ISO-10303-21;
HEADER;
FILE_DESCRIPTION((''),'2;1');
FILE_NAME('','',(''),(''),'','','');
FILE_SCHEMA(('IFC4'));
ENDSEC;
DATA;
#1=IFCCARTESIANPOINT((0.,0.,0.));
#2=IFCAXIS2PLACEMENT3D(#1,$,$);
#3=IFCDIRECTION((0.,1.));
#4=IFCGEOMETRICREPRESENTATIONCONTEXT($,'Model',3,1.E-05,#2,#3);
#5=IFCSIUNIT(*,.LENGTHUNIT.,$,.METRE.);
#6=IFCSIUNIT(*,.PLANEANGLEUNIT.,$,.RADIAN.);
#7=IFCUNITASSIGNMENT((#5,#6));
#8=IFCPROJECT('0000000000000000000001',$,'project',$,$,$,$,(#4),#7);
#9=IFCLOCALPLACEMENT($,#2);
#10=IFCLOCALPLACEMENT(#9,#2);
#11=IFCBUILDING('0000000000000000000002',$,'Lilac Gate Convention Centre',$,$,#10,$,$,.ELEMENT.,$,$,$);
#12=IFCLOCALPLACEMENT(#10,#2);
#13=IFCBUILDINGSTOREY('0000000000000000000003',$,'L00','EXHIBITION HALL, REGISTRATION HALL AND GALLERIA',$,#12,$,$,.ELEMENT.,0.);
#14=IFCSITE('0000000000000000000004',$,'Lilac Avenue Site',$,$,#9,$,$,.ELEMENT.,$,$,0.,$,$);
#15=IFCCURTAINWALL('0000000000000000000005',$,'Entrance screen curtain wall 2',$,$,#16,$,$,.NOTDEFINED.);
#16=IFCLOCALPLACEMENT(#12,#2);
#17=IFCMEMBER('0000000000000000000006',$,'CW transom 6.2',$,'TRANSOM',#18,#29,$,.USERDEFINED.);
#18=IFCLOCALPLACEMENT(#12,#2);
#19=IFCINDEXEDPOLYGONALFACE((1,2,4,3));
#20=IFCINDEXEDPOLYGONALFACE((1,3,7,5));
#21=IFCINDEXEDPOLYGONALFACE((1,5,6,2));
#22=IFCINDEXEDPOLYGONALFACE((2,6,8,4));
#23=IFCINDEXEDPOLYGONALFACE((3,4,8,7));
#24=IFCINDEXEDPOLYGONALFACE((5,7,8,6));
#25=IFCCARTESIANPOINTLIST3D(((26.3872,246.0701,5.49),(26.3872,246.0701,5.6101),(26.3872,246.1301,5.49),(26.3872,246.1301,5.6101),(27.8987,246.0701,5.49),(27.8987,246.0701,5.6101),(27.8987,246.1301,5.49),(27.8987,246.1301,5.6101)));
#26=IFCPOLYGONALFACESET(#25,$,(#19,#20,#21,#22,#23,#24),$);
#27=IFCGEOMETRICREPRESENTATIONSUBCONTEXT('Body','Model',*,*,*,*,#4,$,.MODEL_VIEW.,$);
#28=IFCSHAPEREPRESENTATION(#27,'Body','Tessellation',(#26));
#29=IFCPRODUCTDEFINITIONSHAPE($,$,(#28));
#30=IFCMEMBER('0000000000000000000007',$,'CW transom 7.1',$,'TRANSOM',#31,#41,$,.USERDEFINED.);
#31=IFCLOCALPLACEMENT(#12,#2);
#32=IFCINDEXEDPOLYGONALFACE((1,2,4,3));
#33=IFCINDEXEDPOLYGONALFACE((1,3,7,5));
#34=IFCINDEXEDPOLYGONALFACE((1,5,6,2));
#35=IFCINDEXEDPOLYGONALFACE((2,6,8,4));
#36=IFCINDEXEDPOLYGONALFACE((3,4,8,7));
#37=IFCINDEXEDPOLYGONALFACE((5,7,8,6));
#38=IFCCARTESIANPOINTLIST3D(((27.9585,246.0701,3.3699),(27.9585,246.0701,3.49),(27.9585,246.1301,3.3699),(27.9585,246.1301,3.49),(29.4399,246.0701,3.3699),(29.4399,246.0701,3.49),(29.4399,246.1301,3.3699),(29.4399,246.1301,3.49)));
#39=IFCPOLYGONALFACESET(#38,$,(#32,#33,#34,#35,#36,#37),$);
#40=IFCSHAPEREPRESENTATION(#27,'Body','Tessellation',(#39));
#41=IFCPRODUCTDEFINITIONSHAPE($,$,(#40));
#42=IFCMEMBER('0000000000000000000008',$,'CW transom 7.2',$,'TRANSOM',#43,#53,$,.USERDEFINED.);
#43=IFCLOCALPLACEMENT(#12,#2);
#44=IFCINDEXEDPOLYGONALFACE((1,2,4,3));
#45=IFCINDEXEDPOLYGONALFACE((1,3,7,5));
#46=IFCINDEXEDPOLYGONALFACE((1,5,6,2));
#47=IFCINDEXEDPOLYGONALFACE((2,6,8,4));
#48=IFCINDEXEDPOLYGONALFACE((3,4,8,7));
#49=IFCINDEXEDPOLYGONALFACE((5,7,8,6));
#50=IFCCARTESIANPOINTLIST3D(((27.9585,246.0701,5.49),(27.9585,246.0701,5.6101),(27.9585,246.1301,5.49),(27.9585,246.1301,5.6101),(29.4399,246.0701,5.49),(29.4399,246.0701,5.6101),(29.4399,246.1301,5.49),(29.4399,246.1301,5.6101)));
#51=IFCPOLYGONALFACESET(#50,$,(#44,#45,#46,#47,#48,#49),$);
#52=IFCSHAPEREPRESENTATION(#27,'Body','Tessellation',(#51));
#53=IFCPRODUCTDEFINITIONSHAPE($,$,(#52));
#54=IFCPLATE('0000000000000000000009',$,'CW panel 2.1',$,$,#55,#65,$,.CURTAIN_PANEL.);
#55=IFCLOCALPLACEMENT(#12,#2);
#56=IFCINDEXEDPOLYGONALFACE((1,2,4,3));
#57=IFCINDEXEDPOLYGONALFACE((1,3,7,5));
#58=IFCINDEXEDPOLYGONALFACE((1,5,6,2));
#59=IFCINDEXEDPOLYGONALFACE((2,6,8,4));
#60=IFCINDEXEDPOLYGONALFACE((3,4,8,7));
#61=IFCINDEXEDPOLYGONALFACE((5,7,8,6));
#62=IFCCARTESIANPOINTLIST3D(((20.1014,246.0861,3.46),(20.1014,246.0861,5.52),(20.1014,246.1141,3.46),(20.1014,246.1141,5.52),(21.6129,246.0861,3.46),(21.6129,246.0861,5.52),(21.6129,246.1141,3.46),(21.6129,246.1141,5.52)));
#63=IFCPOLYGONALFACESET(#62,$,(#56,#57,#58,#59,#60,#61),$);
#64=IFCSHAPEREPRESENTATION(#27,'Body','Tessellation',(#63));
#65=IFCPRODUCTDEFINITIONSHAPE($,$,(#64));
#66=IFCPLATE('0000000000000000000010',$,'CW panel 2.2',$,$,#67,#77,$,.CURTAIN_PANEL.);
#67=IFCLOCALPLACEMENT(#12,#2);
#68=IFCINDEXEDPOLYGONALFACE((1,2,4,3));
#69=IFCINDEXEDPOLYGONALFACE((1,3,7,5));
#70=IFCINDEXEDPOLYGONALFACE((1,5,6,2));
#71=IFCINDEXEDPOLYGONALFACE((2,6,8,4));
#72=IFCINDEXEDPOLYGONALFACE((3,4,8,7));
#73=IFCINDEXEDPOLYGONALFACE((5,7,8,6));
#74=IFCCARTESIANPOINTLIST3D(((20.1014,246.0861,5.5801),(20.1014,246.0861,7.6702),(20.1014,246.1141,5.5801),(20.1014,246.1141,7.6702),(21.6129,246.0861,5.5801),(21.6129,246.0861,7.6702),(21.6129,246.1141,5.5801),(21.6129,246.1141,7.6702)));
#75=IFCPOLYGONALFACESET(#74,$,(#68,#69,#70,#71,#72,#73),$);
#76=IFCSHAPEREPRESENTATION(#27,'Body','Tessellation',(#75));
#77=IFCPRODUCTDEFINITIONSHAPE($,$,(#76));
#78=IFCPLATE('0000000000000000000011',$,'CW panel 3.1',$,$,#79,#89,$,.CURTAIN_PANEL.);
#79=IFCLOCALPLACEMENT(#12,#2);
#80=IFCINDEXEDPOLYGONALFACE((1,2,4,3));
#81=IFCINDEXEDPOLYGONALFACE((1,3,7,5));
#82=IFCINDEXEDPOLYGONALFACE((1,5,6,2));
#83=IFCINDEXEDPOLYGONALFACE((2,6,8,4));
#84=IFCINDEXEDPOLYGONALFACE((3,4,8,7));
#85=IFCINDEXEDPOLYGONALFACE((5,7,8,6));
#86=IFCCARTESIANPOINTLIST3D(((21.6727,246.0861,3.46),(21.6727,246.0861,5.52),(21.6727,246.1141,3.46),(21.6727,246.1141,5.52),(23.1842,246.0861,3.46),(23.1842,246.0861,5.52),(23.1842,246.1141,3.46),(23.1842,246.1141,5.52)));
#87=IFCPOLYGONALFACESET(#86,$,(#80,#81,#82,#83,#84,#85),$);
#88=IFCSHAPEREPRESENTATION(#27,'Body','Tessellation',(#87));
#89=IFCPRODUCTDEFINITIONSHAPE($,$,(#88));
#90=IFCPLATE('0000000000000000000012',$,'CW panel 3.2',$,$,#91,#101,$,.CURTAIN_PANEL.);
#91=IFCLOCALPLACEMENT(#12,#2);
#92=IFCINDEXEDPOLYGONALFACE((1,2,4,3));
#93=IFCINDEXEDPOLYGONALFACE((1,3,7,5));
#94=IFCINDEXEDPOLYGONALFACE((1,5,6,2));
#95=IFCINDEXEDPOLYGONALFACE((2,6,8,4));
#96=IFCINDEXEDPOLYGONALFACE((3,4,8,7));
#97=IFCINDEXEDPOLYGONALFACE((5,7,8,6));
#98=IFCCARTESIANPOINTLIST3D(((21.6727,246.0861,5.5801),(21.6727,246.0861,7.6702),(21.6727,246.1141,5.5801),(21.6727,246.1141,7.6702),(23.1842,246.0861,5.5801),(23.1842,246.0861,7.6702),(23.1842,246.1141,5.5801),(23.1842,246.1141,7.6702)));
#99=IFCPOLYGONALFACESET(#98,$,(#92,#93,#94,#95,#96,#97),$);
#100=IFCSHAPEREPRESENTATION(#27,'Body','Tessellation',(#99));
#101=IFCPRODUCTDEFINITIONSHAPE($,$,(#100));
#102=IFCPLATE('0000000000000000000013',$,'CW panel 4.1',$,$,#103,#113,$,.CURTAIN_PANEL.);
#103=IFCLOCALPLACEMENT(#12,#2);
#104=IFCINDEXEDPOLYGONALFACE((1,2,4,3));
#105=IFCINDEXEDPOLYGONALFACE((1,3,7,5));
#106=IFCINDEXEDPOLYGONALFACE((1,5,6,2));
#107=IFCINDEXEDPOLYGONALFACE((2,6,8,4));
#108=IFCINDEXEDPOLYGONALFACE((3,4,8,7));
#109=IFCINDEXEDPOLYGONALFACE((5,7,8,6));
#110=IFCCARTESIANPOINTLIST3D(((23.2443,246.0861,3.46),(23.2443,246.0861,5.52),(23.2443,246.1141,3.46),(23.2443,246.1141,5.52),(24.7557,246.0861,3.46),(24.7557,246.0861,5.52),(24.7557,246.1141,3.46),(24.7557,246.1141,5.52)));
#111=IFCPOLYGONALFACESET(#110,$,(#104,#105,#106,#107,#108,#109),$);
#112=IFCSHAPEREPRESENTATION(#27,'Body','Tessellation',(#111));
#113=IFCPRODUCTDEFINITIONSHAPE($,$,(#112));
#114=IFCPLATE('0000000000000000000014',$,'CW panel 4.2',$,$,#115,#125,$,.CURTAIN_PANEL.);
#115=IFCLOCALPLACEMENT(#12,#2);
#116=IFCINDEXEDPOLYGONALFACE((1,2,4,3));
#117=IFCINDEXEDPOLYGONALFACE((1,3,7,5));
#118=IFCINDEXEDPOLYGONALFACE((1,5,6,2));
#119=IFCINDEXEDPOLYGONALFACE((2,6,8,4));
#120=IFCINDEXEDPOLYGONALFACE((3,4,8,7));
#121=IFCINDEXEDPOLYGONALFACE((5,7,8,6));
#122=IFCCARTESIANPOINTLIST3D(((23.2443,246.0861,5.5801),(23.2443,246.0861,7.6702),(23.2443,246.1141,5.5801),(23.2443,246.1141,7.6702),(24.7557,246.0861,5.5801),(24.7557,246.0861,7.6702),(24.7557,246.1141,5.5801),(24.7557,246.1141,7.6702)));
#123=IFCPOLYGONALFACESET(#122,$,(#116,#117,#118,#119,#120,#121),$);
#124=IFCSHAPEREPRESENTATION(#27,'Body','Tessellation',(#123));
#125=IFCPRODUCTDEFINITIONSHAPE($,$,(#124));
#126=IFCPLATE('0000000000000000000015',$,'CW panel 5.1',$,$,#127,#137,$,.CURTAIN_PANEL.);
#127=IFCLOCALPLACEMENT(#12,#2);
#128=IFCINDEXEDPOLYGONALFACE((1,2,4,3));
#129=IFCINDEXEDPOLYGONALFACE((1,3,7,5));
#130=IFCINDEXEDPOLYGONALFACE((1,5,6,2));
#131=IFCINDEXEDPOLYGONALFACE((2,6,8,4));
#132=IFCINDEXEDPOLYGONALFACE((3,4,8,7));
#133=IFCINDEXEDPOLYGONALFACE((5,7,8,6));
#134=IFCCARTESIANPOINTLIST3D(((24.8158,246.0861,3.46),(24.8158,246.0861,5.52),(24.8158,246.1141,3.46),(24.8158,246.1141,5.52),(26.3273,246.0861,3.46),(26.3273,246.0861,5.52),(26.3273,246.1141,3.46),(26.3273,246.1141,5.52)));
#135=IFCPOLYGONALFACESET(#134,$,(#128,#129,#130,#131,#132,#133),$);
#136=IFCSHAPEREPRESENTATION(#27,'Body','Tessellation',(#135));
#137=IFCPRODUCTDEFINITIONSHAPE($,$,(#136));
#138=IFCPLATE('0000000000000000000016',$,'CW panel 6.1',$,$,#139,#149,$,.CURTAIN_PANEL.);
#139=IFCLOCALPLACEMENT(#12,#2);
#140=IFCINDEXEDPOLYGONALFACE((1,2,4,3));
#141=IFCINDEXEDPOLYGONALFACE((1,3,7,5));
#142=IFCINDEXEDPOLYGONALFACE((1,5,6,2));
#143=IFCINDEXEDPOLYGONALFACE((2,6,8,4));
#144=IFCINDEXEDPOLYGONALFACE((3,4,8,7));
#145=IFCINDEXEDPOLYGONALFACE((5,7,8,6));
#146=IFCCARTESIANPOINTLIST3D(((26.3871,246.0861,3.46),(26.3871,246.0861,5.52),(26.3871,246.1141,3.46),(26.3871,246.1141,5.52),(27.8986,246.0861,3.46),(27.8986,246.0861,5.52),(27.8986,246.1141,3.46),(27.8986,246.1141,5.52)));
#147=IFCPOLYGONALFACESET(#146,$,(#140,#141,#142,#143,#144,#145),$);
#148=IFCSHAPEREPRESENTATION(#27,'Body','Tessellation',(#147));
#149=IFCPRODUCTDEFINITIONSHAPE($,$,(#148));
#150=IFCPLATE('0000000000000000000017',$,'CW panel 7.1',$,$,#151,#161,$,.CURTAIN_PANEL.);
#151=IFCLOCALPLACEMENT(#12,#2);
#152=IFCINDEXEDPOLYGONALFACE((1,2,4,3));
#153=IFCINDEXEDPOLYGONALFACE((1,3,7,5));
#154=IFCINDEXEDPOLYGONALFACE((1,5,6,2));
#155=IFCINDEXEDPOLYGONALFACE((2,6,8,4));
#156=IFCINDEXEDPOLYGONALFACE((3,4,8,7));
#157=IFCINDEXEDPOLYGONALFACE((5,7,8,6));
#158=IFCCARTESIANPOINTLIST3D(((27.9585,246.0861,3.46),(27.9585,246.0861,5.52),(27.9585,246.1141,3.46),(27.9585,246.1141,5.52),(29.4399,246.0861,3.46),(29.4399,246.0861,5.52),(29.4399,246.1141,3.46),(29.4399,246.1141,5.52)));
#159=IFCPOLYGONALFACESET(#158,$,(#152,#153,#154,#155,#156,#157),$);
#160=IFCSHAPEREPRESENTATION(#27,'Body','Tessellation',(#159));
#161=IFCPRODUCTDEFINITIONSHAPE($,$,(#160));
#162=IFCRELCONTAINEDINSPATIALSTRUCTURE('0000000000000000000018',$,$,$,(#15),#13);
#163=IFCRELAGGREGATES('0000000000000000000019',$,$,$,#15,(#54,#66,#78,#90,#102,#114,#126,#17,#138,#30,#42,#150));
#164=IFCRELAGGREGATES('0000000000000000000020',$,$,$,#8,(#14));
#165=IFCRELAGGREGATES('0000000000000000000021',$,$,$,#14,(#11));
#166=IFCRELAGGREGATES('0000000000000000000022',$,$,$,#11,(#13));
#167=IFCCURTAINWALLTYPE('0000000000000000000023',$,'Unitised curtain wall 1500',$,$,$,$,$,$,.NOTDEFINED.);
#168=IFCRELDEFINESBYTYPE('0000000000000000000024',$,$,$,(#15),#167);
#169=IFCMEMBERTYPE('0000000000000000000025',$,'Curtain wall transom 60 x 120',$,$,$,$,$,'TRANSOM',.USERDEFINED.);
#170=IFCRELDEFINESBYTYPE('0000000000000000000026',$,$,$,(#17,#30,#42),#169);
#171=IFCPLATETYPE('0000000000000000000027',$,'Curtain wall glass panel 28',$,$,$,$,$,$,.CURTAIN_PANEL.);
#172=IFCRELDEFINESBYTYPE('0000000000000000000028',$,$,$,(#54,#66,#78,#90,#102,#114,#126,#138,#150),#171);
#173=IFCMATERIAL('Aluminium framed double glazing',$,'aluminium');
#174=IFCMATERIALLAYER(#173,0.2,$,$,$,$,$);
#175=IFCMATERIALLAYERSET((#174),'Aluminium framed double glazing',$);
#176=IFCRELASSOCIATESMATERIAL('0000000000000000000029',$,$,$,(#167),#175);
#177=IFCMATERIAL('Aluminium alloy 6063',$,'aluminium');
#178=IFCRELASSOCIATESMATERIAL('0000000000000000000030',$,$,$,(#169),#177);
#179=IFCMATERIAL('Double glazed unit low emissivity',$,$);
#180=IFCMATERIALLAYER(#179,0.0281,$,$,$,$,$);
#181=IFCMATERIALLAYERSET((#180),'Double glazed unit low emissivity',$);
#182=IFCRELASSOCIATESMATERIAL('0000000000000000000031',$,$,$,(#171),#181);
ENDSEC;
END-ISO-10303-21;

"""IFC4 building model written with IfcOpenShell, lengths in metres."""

from ifc_helpers import new_model, si_unit, direction, frame, origin, origin_2d, place, context, subcontext, project, spatial, rectangle, extrude, material, layer, layer_set, material_profile, profile_set, type_object, element, aggregate, save


model = new_model("IFC4")

# Units and contexts
model_context = context("Model", 3, precision=1e-05, world=origin(), true_north=direction((0.0, 1.0)))
body_context = subcontext(model_context, "Body", "Model", "MODEL_VIEW")
ifc_project = project(units=[si_unit("LENGTHUNIT", "METRE"), si_unit("PLANEANGLEUNIT", "RADIAN")], contexts=[model_context])

# Site, building, storey
site_placement = place(None, origin())
site = spatial("IfcSite", under=ifc_project, at=site_placement, Name="Lilac Avenue Site", CompositionType="ELEMENT", RefElevation=0.0)
building_placement = place(site_placement, origin())
building = spatial("IfcBuilding", under=site, at=building_placement, Name="Lilac Gate Convention Centre", CompositionType="ELEMENT")
storey_placement = place(building_placement, origin())
storey = spatial("IfcBuildingStorey", under=building, at=storey_placement, Name="L00", Description="EXHIBITION HALL, REGISTRATION HALL AND GALLERIA", CompositionType="ELEMENT", Elevation=0.0)

# Curtain wall, members, plates
ifc_material_1 = material(Name="Aluminium framed double glazing", Category="aluminium")
ifc_layer_1 = layer(ifc_material_1, 0.2)
ifc_layer_set_1 = layer_set([ifc_layer_1], Name="Aluminium framed double glazing")
curtain_wall_type = type_object("IfcCurtainWallType", Name="Unitised curtain wall 1500", PredefinedType="NOTDEFINED", material=ifc_layer_set_1)
curtain_wall_placement = place(storey_placement, origin())
curtain_wall = element("IfcCurtainWall", 1, at=curtain_wall_placement, inside=storey, type_object=curtain_wall_type, Name="Entrance screen curtain wall 2", PredefinedType="NOTDEFINED")
ifc_material_2 = material(Name="Aluminium alloy 6063", Category="aluminium")
ifc_material_profile_1 = material_profile(ifc_material_2, rectangle(XDim=0.0601, YDim=0.1201, at=origin_2d()), Name="Curtain wall transom 60 x 120")
ifc_profile_set_1 = profile_set([ifc_material_profile_1], Name="Aluminium alloy 6063")
member_type_1 = type_object("IfcMemberType", Name="Curtain wall transom 60 x 120", ElementType="TRANSOM", PredefinedType="USERDEFINED", material=ifc_profile_set_1)
member_1_placement = place(storey_placement, frame((26.3872, 246.1001, 5.55), z_axis=(1.0, 0.0, 0.0), x_axis=(0.0, 1.0, 0.0)))
member_1 = element("IfcMember", 2, at=member_1_placement, type_object=member_type_1, Name="CW transom 6.2", ObjectType="TRANSOM", PredefinedType="USERDEFINED", context=body_context, shape_type="SweptSolid", body=[
    extrude(rectangle(XDim=0.0601, YDim=0.1201, at=origin_2d()), origin(), (0.0, 0.0, 1.0), 1.5115),
])
member_2_placement = place(storey_placement, frame((27.9585, 246.1001, 3.4299), z_axis=(1.0, 0.0, 0.0), x_axis=(0.0, 1.0, 0.0)))
member_2 = element("IfcMember", 3, at=member_2_placement, type_object=member_type_1, Name="CW transom 7.1", ObjectType="TRANSOM", PredefinedType="USERDEFINED", context=body_context, shape_type="SweptSolid", body=[
    extrude(rectangle(XDim=0.0601, YDim=0.1201, at=origin_2d()), origin(), (0.0, 0.0, 1.0), 1.4814),
])
member_3_placement = place(storey_placement, frame((27.9585, 246.1001, 5.55), z_axis=(1.0, 0.0, 0.0), x_axis=(0.0, 1.0, 0.0)))
member_3 = element("IfcMember", 4, at=member_3_placement, type_object=member_type_1, Name="CW transom 7.2", ObjectType="TRANSOM", PredefinedType="USERDEFINED", context=body_context, shape_type="SweptSolid", body=[
    extrude(rectangle(XDim=0.0601, YDim=0.1201, at=origin_2d()), origin(), (0.0, 0.0, 1.0), 1.4814),
])
ifc_material_3 = material(Name="Double glazed unit low emissivity")
ifc_layer_2 = layer(ifc_material_3, 0.0281)
ifc_layer_set_2 = layer_set([ifc_layer_2], Name="Double glazed unit low emissivity")
plate_type = type_object("IfcPlateType", Name="Curtain wall glass panel 28", PredefinedType="CURTAIN_PANEL", material=ifc_layer_set_2)
plate_1_placement = place(storey_placement, frame((20.8572, 246.1001, 3.46), z_axis=(0.0, 0.0, 1.0), x_axis=(1.0, 0.0, 0.0)))
plate_1 = element("IfcPlate", 5, at=plate_1_placement, type_object=plate_type, Name="CW panel 2.1", PredefinedType="CURTAIN_PANEL", context=body_context, shape_type="SweptSolid", body=[
    extrude(rectangle(XDim=1.5115, YDim=0.0281, at=origin_2d()), origin(), (0.0, 0.0, 1.0), 2.0601),
])
plate_2_placement = place(storey_placement, frame((20.8572, 246.1001, 5.5801), z_axis=(0.0, 0.0, 1.0), x_axis=(1.0, 0.0, 0.0)))
plate_2 = element("IfcPlate", 6, at=plate_2_placement, type_object=plate_type, Name="CW panel 2.2", PredefinedType="CURTAIN_PANEL", context=body_context, shape_type="SweptSolid", body=[
    extrude(rectangle(XDim=1.5115, YDim=0.0281, at=origin_2d()), origin(), (0.0, 0.0, 1.0), 2.0901),
])
plate_3_placement = place(storey_placement, frame((22.4285, 246.1001, 3.46), z_axis=(0.0, 0.0, 1.0), x_axis=(1.0, 0.0, 0.0)))
plate_3 = element("IfcPlate", 7, at=plate_3_placement, type_object=plate_type, Name="CW panel 3.1", PredefinedType="CURTAIN_PANEL", context=body_context, shape_type="SweptSolid", body=[
    extrude(rectangle(XDim=1.5115, YDim=0.0281, at=origin_2d()), origin(), (0.0, 0.0, 1.0), 2.0601),
])
plate_4_placement = place(storey_placement, frame((22.4285, 246.1001, 5.5801), z_axis=(0.0, 0.0, 1.0), x_axis=(1.0, 0.0, 0.0)))
plate_4 = element("IfcPlate", 8, at=plate_4_placement, type_object=plate_type, Name="CW panel 3.2", PredefinedType="CURTAIN_PANEL", context=body_context, shape_type="SweptSolid", body=[
    extrude(rectangle(XDim=1.5115, YDim=0.0281, at=origin_2d()), origin(), (0.0, 0.0, 1.0), 2.0901),
])
plate_5_placement = place(storey_placement, frame((24.0, 246.1001, 3.46), z_axis=(0.0, 0.0, 1.0), x_axis=(1.0, 0.0, 0.0)))
plate_5 = element("IfcPlate", 9, at=plate_5_placement, type_object=plate_type, Name="CW panel 4.1", PredefinedType="CURTAIN_PANEL", context=body_context, shape_type="SweptSolid", body=[
    extrude(rectangle(XDim=1.5115, YDim=0.0281, at=origin_2d()), origin(), (0.0, 0.0, 1.0), 2.0601),
])
plate_6_placement = place(storey_placement, frame((24.0, 246.1001, 5.5801), z_axis=(0.0, 0.0, 1.0), x_axis=(1.0, 0.0, 0.0)))
plate_6 = element("IfcPlate", 10, at=plate_6_placement, type_object=plate_type, Name="CW panel 4.2", PredefinedType="CURTAIN_PANEL", context=body_context, shape_type="SweptSolid", body=[
    extrude(rectangle(XDim=1.5115, YDim=0.0281, at=origin_2d()), origin(), (0.0, 0.0, 1.0), 2.0901),
])
plate_7_placement = place(storey_placement, frame((25.5715, 246.1001, 3.46), z_axis=(0.0, 0.0, 1.0), x_axis=(1.0, 0.0, 0.0)))
plate_7 = element("IfcPlate", 11, at=plate_7_placement, type_object=plate_type, Name="CW panel 5.1", PredefinedType="CURTAIN_PANEL", context=body_context, shape_type="SweptSolid", body=[
    extrude(rectangle(XDim=1.5115, YDim=0.0281, at=origin_2d()), origin(), (0.0, 0.0, 1.0), 2.0601),
])
plate_8_placement = place(storey_placement, frame((27.1428, 246.1001, 3.46), z_axis=(0.0, 0.0, 1.0), x_axis=(1.0, 0.0, 0.0)))
plate_8 = element("IfcPlate", 12, at=plate_8_placement, type_object=plate_type, Name="CW panel 6.1", PredefinedType="CURTAIN_PANEL", context=body_context, shape_type="SweptSolid", body=[
    extrude(rectangle(XDim=1.5115, YDim=0.0281, at=origin_2d()), origin(), (0.0, 0.0, 1.0), 2.0601),
])
plate_9_placement = place(storey_placement, frame((28.6992, 246.1001, 3.46), z_axis=(0.0, 0.0, 1.0), x_axis=(1.0, 0.0, 0.0)))
plate_9 = element("IfcPlate", 13, at=plate_9_placement, type_object=plate_type, Name="CW panel 7.1", PredefinedType="CURTAIN_PANEL", context=body_context, shape_type="SweptSolid", body=[
    extrude(rectangle(XDim=1.4814, YDim=0.0281, at=origin_2d()), origin(), (0.0, 0.0, 1.0), 2.0601),
])
aggregate(curtain_wall, [plate_1, plate_2, plate_3, plate_4, plate_5, plate_6, plate_7, member_1, plate_8, member_2, member_3, plate_9])

save(model, "model.ifc")
